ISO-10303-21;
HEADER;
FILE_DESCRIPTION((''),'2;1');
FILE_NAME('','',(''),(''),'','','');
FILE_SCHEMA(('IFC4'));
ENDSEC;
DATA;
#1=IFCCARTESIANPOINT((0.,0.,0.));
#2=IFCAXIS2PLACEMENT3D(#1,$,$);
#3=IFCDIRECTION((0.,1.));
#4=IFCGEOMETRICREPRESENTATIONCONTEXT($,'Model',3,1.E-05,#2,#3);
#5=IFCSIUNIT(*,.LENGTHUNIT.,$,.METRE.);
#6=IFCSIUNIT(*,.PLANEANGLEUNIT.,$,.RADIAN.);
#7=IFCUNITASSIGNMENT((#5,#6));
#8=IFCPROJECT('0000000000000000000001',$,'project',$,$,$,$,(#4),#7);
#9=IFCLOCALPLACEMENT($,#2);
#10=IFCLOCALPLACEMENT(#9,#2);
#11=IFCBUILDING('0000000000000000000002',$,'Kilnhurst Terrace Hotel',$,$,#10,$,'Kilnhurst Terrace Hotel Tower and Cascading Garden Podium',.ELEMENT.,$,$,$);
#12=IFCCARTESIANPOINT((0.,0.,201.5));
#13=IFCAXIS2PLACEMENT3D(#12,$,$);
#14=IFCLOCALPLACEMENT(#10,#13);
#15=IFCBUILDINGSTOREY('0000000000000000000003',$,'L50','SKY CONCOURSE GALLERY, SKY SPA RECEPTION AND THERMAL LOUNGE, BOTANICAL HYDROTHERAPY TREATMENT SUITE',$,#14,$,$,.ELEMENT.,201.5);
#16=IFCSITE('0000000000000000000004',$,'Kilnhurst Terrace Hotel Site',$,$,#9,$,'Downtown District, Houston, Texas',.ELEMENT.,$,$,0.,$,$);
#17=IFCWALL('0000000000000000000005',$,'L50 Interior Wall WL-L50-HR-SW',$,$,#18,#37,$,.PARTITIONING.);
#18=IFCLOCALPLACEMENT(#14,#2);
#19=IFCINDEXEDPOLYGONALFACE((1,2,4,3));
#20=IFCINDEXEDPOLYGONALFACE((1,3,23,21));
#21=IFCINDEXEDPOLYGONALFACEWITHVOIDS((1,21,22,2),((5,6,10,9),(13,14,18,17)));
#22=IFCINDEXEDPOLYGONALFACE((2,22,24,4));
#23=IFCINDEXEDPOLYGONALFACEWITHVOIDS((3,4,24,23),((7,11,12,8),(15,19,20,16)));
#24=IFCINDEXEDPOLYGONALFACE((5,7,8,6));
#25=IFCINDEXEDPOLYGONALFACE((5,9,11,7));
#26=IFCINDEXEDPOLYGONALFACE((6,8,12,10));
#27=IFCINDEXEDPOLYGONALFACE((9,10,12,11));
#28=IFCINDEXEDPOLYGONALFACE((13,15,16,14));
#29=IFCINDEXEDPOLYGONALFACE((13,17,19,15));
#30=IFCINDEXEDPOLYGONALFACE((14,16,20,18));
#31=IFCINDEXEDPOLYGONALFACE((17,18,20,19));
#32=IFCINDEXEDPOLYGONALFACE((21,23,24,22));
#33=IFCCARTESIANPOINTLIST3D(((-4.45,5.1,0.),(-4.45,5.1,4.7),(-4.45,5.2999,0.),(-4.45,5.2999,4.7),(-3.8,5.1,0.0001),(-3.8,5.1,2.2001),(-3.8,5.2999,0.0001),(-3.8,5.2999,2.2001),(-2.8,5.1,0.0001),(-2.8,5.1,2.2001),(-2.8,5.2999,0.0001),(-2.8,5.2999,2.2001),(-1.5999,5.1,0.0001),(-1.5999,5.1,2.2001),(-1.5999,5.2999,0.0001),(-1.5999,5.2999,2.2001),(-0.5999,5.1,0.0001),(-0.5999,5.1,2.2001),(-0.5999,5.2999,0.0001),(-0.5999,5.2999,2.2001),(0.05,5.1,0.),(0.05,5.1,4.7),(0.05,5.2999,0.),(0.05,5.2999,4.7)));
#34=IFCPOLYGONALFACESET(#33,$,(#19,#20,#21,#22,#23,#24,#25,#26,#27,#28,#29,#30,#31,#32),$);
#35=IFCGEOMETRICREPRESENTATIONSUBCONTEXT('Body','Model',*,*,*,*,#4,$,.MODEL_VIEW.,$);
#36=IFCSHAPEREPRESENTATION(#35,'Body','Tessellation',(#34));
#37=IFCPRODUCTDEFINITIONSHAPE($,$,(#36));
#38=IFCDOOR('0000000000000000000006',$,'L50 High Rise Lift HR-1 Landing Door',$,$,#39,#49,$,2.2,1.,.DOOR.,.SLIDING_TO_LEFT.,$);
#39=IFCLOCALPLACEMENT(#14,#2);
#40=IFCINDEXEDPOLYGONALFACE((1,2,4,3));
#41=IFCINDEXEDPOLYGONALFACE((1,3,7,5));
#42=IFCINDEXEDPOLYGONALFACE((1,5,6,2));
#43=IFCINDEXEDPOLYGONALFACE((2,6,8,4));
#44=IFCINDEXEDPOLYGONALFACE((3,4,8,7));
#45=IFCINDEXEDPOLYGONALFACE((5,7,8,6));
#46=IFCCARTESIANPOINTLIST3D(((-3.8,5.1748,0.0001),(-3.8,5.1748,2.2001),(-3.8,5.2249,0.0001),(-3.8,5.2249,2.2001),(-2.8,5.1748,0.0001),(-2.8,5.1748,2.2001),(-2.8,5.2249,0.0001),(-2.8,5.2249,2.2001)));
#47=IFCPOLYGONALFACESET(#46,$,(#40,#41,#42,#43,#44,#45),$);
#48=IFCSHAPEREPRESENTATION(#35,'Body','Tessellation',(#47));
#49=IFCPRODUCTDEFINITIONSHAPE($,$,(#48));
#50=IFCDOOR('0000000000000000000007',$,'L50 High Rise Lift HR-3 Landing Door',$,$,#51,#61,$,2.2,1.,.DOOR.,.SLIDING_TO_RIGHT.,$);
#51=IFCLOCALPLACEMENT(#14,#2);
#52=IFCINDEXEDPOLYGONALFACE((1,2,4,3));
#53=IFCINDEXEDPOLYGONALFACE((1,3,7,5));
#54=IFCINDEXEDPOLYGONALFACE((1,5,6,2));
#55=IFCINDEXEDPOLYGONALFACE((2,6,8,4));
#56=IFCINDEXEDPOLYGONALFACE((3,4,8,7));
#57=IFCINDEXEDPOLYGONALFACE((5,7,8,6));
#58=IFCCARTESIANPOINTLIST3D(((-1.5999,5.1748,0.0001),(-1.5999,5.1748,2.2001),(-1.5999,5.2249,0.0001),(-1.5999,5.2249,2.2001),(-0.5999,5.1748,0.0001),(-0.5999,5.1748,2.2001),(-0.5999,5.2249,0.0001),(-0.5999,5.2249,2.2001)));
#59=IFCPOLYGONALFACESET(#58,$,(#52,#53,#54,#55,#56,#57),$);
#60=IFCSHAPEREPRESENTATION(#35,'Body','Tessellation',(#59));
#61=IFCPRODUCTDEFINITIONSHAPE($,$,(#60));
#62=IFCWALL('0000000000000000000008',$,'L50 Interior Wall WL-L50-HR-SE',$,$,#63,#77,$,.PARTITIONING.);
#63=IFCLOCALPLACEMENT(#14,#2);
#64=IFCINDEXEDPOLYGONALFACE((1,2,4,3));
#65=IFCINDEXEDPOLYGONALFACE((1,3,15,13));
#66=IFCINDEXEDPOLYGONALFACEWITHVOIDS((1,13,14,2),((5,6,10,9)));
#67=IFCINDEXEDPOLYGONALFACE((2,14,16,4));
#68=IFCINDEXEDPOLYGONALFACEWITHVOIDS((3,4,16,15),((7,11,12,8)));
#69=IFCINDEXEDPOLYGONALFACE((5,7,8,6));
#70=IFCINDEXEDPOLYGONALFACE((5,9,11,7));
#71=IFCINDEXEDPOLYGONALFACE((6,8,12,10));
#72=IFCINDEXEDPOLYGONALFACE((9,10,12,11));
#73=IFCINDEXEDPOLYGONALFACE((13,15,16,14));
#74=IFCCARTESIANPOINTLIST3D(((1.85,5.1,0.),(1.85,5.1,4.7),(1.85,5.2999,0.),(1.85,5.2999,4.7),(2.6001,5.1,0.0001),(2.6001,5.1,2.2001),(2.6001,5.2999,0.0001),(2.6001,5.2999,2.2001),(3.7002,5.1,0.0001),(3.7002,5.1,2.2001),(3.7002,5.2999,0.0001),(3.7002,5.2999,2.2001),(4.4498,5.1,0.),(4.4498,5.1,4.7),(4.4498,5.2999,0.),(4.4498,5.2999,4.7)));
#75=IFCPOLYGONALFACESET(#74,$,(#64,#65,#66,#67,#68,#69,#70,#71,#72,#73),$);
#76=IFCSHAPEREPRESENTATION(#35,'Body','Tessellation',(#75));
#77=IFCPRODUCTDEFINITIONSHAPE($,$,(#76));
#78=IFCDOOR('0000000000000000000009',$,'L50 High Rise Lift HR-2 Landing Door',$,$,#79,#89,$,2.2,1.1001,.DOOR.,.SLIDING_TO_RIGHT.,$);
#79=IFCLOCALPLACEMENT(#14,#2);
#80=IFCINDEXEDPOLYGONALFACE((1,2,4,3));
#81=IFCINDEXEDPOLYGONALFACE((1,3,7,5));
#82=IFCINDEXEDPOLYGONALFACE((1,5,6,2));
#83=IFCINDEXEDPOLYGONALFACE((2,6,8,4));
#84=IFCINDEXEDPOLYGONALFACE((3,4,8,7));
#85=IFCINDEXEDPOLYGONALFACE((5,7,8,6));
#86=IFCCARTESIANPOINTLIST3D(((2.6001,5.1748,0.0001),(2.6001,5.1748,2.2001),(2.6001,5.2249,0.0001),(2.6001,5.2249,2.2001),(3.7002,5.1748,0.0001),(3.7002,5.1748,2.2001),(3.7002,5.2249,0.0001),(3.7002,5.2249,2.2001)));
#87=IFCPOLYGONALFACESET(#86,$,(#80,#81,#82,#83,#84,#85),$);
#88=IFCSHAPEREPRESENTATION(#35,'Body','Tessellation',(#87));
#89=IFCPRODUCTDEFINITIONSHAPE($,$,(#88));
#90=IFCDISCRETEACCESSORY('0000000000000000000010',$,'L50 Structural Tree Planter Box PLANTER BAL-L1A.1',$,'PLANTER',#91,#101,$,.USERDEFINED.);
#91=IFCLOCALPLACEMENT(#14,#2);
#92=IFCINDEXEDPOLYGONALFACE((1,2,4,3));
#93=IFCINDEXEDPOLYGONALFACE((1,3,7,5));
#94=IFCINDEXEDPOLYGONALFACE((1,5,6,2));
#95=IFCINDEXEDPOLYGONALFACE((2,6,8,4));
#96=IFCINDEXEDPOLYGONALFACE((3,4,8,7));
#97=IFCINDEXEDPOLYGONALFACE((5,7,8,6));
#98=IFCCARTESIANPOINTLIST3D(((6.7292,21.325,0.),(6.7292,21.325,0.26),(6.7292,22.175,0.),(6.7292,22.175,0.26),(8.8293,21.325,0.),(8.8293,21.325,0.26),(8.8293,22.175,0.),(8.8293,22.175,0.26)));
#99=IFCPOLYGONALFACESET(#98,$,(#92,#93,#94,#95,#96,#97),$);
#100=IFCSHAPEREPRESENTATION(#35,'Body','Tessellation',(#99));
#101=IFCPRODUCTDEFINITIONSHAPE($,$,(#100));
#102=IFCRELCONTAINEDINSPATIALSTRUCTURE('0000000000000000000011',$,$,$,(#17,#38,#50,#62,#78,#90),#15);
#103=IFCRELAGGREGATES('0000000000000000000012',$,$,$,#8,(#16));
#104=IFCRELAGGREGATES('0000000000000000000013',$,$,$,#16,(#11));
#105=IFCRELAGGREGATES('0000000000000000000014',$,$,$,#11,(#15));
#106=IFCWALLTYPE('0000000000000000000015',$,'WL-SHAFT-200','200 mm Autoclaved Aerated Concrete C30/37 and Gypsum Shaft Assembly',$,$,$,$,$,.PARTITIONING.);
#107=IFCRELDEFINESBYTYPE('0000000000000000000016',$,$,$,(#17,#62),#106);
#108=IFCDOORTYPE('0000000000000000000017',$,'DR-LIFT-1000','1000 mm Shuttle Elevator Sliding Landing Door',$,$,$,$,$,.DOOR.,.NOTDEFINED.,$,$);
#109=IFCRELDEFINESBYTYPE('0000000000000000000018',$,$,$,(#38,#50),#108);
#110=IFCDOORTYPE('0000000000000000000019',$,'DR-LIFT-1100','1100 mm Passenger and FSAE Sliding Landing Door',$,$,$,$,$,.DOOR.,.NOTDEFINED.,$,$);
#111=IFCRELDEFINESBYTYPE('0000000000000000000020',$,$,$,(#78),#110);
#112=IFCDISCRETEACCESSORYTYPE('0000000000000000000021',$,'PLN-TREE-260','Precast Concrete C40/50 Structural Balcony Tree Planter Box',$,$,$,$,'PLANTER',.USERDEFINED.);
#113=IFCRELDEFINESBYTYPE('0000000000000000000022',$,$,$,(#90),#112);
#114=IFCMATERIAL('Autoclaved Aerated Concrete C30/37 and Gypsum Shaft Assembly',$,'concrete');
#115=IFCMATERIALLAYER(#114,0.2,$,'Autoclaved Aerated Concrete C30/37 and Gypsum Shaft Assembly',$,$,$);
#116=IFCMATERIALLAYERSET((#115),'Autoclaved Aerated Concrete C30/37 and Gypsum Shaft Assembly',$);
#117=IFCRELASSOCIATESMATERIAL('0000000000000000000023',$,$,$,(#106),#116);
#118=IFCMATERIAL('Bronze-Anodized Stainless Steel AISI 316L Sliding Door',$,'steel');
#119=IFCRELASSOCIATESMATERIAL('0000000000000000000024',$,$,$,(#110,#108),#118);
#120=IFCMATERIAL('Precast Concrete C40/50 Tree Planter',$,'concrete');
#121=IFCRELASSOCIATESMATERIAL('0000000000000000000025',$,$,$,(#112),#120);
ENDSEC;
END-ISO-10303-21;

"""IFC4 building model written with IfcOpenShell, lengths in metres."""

from ifc_helpers import new_model, si_unit, direction, frame, frame_2d, origin, origin_2d, place, context, subcontext, project, spatial, rectangle, extrude, material, layer, layer_set, type_object, element, fill, save


model = new_model("IFC4")

# Units and contexts
model_context = context("Model", 3, precision=1e-05, world=origin(), true_north=direction((0.0, 1.0)))
body_context = subcontext(model_context, "Body", "Model", "MODEL_VIEW")
ifc_project = project(units=[si_unit("LENGTHUNIT", "METRE"), si_unit("PLANEANGLEUNIT", "RADIAN")], contexts=[model_context])

# Site, building, storey
site_placement = place(None, origin())
site = spatial("IfcSite", under=ifc_project, at=site_placement, Name="Kilnhurst Terrace Hotel Site", LongName="Downtown District, Houston, Texas", CompositionType="ELEMENT", RefElevation=0.0)
building_placement = place(site_placement, origin())
building = spatial("IfcBuilding", under=site, at=building_placement, Name="Kilnhurst Terrace Hotel", LongName="Kilnhurst Terrace Hotel Tower and Cascading Garden Podium", CompositionType="ELEMENT")
storey_placement = place(building_placement, frame((0.0, 0.0, 201.5)))
storey = spatial("IfcBuildingStorey", under=building, at=storey_placement, Name="L50", Description="SKY CONCOURSE GALLERY, SKY SPA RECEPTION AND THERMAL LOUNGE, BOTANICAL HYDROTHERAPY TREATMENT SUITE", CompositionType="ELEMENT", Elevation=201.5)

# Wall, openings, doors
ifc_material_1 = material(Name="Autoclaved Aerated Concrete C30/37 and Gypsum Shaft Assembly", Category="concrete")
ifc_layer_1 = layer(ifc_material_1, 0.2, Name="Autoclaved Aerated Concrete C30/37 and Gypsum Shaft Assembly")
ifc_layer_set_1 = layer_set([ifc_layer_1], Name="Autoclaved Aerated Concrete C30/37 and Gypsum Shaft Assembly")
wall_type_1 = type_object("IfcWallType", Name="WL-SHAFT-200", Description="200 mm Autoclaved Aerated Concrete C30/37 and Gypsum Shaft Assembly", PredefinedType="PARTITIONING", material=ifc_layer_set_1)
ifc_material_2 = material(Name="Bronze-Anodized Stainless Steel AISI 316L Sliding Door", Category="steel")
door_type_1 = type_object("IfcDoorType", Name="DR-LIFT-1100", Description="1100 mm Passenger and FSAE Sliding Landing Door", OperationType="NOTDEFINED", PredefinedType="DOOR", material=ifc_material_2)
wall_1_placement = place(storey_placement, frame((-4.45, 5.2, 0.0), z_axis=(0.0, 0.0, 1.0), x_axis=(1.0, 0.0, 0.0)))
wall_1 = element("IfcWall", 1, at=wall_1_placement, inside=storey, type_object=wall_type_1, Name="L50 Interior Wall WL-L50-HR-SW", PredefinedType="PARTITIONING", context=body_context, shape_type="SweptSolid", body=[
    extrude(rectangle(XDim=4.5, YDim=0.2, at=frame_2d((2.25, 0.0))), origin(), (0.0, 0.0, 1.0), 4.7),
])
opening_1_placement = place(wall_1_placement, frame((0.6499, 0.0, 0.0)))
opening_1 = element("IfcOpeningElement", 2, at=opening_1_placement, cuts=wall_1, PredefinedType="OPENING", context=body_context, shape_type="SweptSolid", body=[
    extrude(rectangle(XDim=1.0, YDim=2.2, at=frame_2d((0.5, 1.1001))), frame((0.0, 0.1099, 0.0), z_axis=(0.0, -1.0, 0.0), x_axis=(1.0, 0.0, 0.0)), (0.0, 0.0, 1.0), 0.22),
])
opening_2_placement = place(wall_1_placement, frame((2.8501, 0.0, 0.0)))
opening_2 = element("IfcOpeningElement", 3, at=opening_2_placement, cuts=wall_1, PredefinedType="OPENING", context=body_context, shape_type="SweptSolid", body=[
    extrude(rectangle(XDim=1.0, YDim=2.2, at=frame_2d((0.5, 1.1001))), frame((0.0, 0.1099, 0.0), z_axis=(0.0, -1.0, 0.0), x_axis=(1.0, 0.0, 0.0)), (0.0, 0.0, 1.0), 0.22),
])
door_type_2 = type_object("IfcDoorType", Name="DR-LIFT-1000", Description="1000 mm Shuttle Elevator Sliding Landing Door", OperationType="NOTDEFINED", PredefinedType="DOOR", material=ifc_material_2)
door_1_placement = place(opening_1_placement, origin())
door_1 = element("IfcDoor", 4, at=door_1_placement, inside=storey, type_object=door_type_2, Name="L50 High Rise Lift HR-1 Landing Door", OperationType="SLIDING_TO_LEFT", OverallHeight=2.2, OverallWidth=1.0, PredefinedType="DOOR", context=body_context, shape_type="SweptSolid", body=[
    extrude(rectangle(XDim=1.0, YDim=2.2, at=frame_2d((0.5, 1.1001))), frame((0.0, 0.0249, 0.0), z_axis=(0.0, -1.0, 0.0), x_axis=(1.0, 0.0, 0.0)), (0.0, 0.0, 1.0), 0.05),
])
fill(opening_1, door_1)
door_2_placement = place(opening_2_placement, origin())
door_2 = element("IfcDoor", 5, at=door_2_placement, inside=storey, type_object=door_type_2, Name="L50 High Rise Lift HR-3 Landing Door", OperationType="SLIDING_TO_RIGHT", OverallHeight=2.2, OverallWidth=1.0, PredefinedType="DOOR", context=body_context, shape_type="SweptSolid", body=[
    extrude(rectangle(XDim=1.0, YDim=2.2, at=frame_2d((0.5, 1.1001))), frame((0.0, 0.0249, 0.0), z_axis=(0.0, -1.0, 0.0), x_axis=(1.0, 0.0, 0.0)), (0.0, 0.0, 1.0), 0.05),
])
fill(opening_2, door_2)

# Wall, opening, door
wall_2_placement = place(storey_placement, frame((1.8501, 5.2, 0.0), z_axis=(0.0, 0.0, 1.0), x_axis=(1.0, 0.0, 0.0)))
wall_2 = element("IfcWall", 6, at=wall_2_placement, inside=storey, type_object=wall_type_1, Name="L50 Interior Wall WL-L50-HR-SE", PredefinedType="PARTITIONING", context=body_context, shape_type="SweptSolid", body=[
    extrude(rectangle(XDim=2.5999, YDim=0.2, at=frame_2d((1.2998, 0.0))), origin(), (0.0, 0.0, 1.0), 4.7),
])
opening_3_placement = place(wall_2_placement, frame((0.75, 0.0, 0.0)))
opening_3 = element("IfcOpeningElement", 7, at=opening_3_placement, cuts=wall_2, PredefinedType="OPENING", context=body_context, shape_type="SweptSolid", body=[
    extrude(rectangle(XDim=1.1001, YDim=2.2, at=frame_2d((0.55, 1.1001))), frame((0.0, 0.1099, 0.0), z_axis=(0.0, -1.0, 0.0), x_axis=(1.0, 0.0, 0.0)), (0.0, 0.0, 1.0), 0.22),
])
door_3_placement = place(opening_3_placement, origin())
door_3 = element("IfcDoor", 8, at=door_3_placement, inside=storey, type_object=door_type_1, Name="L50 High Rise Lift HR-2 Landing Door", OperationType="SLIDING_TO_RIGHT", OverallHeight=2.2, OverallWidth=1.1001, PredefinedType="DOOR", context=body_context, shape_type="SweptSolid", body=[
    extrude(rectangle(XDim=1.1001, YDim=2.2, at=frame_2d((0.55, 1.1001))), frame((0.0, 0.0249, 0.0), z_axis=(0.0, -1.0, 0.0), x_axis=(1.0, 0.0, 0.0)), (0.0, 0.0, 1.0), 0.05),
])
fill(opening_3, door_3)

# Discrete accessory
ifc_material_3 = material(Name="Precast Concrete C40/50 Tree Planter", Category="concrete")
discrete_accessory_type = type_object("IfcDiscreteAccessoryType", Name="PLN-TREE-260", Description="Precast Concrete C40/50 Structural Balcony Tree Planter Box", ElementType="PLANTER", PredefinedType="USERDEFINED", material=ifc_material_3)
discrete_accessory_placement = place(storey_placement, frame((7.7793, 21.75, 0.0), z_axis=(0.0, 0.0, 1.0), x_axis=(-1.0, 0.0, 0.0)))
element("IfcDiscreteAccessory", 9, at=discrete_accessory_placement, inside=storey, type_object=discrete_accessory_type, Name="L50 Structural Tree Planter Box PLANTER BAL-L1A.1", ObjectType="PLANTER", PredefinedType="USERDEFINED", context=body_context, shape_type="SweptSolid", body=[
    extrude(rectangle(XDim=2.1001, YDim=0.8501, at=origin_2d()), origin(), (0.0, 0.0, 1.0), 0.26),
])

save(model, "model.ifc")
